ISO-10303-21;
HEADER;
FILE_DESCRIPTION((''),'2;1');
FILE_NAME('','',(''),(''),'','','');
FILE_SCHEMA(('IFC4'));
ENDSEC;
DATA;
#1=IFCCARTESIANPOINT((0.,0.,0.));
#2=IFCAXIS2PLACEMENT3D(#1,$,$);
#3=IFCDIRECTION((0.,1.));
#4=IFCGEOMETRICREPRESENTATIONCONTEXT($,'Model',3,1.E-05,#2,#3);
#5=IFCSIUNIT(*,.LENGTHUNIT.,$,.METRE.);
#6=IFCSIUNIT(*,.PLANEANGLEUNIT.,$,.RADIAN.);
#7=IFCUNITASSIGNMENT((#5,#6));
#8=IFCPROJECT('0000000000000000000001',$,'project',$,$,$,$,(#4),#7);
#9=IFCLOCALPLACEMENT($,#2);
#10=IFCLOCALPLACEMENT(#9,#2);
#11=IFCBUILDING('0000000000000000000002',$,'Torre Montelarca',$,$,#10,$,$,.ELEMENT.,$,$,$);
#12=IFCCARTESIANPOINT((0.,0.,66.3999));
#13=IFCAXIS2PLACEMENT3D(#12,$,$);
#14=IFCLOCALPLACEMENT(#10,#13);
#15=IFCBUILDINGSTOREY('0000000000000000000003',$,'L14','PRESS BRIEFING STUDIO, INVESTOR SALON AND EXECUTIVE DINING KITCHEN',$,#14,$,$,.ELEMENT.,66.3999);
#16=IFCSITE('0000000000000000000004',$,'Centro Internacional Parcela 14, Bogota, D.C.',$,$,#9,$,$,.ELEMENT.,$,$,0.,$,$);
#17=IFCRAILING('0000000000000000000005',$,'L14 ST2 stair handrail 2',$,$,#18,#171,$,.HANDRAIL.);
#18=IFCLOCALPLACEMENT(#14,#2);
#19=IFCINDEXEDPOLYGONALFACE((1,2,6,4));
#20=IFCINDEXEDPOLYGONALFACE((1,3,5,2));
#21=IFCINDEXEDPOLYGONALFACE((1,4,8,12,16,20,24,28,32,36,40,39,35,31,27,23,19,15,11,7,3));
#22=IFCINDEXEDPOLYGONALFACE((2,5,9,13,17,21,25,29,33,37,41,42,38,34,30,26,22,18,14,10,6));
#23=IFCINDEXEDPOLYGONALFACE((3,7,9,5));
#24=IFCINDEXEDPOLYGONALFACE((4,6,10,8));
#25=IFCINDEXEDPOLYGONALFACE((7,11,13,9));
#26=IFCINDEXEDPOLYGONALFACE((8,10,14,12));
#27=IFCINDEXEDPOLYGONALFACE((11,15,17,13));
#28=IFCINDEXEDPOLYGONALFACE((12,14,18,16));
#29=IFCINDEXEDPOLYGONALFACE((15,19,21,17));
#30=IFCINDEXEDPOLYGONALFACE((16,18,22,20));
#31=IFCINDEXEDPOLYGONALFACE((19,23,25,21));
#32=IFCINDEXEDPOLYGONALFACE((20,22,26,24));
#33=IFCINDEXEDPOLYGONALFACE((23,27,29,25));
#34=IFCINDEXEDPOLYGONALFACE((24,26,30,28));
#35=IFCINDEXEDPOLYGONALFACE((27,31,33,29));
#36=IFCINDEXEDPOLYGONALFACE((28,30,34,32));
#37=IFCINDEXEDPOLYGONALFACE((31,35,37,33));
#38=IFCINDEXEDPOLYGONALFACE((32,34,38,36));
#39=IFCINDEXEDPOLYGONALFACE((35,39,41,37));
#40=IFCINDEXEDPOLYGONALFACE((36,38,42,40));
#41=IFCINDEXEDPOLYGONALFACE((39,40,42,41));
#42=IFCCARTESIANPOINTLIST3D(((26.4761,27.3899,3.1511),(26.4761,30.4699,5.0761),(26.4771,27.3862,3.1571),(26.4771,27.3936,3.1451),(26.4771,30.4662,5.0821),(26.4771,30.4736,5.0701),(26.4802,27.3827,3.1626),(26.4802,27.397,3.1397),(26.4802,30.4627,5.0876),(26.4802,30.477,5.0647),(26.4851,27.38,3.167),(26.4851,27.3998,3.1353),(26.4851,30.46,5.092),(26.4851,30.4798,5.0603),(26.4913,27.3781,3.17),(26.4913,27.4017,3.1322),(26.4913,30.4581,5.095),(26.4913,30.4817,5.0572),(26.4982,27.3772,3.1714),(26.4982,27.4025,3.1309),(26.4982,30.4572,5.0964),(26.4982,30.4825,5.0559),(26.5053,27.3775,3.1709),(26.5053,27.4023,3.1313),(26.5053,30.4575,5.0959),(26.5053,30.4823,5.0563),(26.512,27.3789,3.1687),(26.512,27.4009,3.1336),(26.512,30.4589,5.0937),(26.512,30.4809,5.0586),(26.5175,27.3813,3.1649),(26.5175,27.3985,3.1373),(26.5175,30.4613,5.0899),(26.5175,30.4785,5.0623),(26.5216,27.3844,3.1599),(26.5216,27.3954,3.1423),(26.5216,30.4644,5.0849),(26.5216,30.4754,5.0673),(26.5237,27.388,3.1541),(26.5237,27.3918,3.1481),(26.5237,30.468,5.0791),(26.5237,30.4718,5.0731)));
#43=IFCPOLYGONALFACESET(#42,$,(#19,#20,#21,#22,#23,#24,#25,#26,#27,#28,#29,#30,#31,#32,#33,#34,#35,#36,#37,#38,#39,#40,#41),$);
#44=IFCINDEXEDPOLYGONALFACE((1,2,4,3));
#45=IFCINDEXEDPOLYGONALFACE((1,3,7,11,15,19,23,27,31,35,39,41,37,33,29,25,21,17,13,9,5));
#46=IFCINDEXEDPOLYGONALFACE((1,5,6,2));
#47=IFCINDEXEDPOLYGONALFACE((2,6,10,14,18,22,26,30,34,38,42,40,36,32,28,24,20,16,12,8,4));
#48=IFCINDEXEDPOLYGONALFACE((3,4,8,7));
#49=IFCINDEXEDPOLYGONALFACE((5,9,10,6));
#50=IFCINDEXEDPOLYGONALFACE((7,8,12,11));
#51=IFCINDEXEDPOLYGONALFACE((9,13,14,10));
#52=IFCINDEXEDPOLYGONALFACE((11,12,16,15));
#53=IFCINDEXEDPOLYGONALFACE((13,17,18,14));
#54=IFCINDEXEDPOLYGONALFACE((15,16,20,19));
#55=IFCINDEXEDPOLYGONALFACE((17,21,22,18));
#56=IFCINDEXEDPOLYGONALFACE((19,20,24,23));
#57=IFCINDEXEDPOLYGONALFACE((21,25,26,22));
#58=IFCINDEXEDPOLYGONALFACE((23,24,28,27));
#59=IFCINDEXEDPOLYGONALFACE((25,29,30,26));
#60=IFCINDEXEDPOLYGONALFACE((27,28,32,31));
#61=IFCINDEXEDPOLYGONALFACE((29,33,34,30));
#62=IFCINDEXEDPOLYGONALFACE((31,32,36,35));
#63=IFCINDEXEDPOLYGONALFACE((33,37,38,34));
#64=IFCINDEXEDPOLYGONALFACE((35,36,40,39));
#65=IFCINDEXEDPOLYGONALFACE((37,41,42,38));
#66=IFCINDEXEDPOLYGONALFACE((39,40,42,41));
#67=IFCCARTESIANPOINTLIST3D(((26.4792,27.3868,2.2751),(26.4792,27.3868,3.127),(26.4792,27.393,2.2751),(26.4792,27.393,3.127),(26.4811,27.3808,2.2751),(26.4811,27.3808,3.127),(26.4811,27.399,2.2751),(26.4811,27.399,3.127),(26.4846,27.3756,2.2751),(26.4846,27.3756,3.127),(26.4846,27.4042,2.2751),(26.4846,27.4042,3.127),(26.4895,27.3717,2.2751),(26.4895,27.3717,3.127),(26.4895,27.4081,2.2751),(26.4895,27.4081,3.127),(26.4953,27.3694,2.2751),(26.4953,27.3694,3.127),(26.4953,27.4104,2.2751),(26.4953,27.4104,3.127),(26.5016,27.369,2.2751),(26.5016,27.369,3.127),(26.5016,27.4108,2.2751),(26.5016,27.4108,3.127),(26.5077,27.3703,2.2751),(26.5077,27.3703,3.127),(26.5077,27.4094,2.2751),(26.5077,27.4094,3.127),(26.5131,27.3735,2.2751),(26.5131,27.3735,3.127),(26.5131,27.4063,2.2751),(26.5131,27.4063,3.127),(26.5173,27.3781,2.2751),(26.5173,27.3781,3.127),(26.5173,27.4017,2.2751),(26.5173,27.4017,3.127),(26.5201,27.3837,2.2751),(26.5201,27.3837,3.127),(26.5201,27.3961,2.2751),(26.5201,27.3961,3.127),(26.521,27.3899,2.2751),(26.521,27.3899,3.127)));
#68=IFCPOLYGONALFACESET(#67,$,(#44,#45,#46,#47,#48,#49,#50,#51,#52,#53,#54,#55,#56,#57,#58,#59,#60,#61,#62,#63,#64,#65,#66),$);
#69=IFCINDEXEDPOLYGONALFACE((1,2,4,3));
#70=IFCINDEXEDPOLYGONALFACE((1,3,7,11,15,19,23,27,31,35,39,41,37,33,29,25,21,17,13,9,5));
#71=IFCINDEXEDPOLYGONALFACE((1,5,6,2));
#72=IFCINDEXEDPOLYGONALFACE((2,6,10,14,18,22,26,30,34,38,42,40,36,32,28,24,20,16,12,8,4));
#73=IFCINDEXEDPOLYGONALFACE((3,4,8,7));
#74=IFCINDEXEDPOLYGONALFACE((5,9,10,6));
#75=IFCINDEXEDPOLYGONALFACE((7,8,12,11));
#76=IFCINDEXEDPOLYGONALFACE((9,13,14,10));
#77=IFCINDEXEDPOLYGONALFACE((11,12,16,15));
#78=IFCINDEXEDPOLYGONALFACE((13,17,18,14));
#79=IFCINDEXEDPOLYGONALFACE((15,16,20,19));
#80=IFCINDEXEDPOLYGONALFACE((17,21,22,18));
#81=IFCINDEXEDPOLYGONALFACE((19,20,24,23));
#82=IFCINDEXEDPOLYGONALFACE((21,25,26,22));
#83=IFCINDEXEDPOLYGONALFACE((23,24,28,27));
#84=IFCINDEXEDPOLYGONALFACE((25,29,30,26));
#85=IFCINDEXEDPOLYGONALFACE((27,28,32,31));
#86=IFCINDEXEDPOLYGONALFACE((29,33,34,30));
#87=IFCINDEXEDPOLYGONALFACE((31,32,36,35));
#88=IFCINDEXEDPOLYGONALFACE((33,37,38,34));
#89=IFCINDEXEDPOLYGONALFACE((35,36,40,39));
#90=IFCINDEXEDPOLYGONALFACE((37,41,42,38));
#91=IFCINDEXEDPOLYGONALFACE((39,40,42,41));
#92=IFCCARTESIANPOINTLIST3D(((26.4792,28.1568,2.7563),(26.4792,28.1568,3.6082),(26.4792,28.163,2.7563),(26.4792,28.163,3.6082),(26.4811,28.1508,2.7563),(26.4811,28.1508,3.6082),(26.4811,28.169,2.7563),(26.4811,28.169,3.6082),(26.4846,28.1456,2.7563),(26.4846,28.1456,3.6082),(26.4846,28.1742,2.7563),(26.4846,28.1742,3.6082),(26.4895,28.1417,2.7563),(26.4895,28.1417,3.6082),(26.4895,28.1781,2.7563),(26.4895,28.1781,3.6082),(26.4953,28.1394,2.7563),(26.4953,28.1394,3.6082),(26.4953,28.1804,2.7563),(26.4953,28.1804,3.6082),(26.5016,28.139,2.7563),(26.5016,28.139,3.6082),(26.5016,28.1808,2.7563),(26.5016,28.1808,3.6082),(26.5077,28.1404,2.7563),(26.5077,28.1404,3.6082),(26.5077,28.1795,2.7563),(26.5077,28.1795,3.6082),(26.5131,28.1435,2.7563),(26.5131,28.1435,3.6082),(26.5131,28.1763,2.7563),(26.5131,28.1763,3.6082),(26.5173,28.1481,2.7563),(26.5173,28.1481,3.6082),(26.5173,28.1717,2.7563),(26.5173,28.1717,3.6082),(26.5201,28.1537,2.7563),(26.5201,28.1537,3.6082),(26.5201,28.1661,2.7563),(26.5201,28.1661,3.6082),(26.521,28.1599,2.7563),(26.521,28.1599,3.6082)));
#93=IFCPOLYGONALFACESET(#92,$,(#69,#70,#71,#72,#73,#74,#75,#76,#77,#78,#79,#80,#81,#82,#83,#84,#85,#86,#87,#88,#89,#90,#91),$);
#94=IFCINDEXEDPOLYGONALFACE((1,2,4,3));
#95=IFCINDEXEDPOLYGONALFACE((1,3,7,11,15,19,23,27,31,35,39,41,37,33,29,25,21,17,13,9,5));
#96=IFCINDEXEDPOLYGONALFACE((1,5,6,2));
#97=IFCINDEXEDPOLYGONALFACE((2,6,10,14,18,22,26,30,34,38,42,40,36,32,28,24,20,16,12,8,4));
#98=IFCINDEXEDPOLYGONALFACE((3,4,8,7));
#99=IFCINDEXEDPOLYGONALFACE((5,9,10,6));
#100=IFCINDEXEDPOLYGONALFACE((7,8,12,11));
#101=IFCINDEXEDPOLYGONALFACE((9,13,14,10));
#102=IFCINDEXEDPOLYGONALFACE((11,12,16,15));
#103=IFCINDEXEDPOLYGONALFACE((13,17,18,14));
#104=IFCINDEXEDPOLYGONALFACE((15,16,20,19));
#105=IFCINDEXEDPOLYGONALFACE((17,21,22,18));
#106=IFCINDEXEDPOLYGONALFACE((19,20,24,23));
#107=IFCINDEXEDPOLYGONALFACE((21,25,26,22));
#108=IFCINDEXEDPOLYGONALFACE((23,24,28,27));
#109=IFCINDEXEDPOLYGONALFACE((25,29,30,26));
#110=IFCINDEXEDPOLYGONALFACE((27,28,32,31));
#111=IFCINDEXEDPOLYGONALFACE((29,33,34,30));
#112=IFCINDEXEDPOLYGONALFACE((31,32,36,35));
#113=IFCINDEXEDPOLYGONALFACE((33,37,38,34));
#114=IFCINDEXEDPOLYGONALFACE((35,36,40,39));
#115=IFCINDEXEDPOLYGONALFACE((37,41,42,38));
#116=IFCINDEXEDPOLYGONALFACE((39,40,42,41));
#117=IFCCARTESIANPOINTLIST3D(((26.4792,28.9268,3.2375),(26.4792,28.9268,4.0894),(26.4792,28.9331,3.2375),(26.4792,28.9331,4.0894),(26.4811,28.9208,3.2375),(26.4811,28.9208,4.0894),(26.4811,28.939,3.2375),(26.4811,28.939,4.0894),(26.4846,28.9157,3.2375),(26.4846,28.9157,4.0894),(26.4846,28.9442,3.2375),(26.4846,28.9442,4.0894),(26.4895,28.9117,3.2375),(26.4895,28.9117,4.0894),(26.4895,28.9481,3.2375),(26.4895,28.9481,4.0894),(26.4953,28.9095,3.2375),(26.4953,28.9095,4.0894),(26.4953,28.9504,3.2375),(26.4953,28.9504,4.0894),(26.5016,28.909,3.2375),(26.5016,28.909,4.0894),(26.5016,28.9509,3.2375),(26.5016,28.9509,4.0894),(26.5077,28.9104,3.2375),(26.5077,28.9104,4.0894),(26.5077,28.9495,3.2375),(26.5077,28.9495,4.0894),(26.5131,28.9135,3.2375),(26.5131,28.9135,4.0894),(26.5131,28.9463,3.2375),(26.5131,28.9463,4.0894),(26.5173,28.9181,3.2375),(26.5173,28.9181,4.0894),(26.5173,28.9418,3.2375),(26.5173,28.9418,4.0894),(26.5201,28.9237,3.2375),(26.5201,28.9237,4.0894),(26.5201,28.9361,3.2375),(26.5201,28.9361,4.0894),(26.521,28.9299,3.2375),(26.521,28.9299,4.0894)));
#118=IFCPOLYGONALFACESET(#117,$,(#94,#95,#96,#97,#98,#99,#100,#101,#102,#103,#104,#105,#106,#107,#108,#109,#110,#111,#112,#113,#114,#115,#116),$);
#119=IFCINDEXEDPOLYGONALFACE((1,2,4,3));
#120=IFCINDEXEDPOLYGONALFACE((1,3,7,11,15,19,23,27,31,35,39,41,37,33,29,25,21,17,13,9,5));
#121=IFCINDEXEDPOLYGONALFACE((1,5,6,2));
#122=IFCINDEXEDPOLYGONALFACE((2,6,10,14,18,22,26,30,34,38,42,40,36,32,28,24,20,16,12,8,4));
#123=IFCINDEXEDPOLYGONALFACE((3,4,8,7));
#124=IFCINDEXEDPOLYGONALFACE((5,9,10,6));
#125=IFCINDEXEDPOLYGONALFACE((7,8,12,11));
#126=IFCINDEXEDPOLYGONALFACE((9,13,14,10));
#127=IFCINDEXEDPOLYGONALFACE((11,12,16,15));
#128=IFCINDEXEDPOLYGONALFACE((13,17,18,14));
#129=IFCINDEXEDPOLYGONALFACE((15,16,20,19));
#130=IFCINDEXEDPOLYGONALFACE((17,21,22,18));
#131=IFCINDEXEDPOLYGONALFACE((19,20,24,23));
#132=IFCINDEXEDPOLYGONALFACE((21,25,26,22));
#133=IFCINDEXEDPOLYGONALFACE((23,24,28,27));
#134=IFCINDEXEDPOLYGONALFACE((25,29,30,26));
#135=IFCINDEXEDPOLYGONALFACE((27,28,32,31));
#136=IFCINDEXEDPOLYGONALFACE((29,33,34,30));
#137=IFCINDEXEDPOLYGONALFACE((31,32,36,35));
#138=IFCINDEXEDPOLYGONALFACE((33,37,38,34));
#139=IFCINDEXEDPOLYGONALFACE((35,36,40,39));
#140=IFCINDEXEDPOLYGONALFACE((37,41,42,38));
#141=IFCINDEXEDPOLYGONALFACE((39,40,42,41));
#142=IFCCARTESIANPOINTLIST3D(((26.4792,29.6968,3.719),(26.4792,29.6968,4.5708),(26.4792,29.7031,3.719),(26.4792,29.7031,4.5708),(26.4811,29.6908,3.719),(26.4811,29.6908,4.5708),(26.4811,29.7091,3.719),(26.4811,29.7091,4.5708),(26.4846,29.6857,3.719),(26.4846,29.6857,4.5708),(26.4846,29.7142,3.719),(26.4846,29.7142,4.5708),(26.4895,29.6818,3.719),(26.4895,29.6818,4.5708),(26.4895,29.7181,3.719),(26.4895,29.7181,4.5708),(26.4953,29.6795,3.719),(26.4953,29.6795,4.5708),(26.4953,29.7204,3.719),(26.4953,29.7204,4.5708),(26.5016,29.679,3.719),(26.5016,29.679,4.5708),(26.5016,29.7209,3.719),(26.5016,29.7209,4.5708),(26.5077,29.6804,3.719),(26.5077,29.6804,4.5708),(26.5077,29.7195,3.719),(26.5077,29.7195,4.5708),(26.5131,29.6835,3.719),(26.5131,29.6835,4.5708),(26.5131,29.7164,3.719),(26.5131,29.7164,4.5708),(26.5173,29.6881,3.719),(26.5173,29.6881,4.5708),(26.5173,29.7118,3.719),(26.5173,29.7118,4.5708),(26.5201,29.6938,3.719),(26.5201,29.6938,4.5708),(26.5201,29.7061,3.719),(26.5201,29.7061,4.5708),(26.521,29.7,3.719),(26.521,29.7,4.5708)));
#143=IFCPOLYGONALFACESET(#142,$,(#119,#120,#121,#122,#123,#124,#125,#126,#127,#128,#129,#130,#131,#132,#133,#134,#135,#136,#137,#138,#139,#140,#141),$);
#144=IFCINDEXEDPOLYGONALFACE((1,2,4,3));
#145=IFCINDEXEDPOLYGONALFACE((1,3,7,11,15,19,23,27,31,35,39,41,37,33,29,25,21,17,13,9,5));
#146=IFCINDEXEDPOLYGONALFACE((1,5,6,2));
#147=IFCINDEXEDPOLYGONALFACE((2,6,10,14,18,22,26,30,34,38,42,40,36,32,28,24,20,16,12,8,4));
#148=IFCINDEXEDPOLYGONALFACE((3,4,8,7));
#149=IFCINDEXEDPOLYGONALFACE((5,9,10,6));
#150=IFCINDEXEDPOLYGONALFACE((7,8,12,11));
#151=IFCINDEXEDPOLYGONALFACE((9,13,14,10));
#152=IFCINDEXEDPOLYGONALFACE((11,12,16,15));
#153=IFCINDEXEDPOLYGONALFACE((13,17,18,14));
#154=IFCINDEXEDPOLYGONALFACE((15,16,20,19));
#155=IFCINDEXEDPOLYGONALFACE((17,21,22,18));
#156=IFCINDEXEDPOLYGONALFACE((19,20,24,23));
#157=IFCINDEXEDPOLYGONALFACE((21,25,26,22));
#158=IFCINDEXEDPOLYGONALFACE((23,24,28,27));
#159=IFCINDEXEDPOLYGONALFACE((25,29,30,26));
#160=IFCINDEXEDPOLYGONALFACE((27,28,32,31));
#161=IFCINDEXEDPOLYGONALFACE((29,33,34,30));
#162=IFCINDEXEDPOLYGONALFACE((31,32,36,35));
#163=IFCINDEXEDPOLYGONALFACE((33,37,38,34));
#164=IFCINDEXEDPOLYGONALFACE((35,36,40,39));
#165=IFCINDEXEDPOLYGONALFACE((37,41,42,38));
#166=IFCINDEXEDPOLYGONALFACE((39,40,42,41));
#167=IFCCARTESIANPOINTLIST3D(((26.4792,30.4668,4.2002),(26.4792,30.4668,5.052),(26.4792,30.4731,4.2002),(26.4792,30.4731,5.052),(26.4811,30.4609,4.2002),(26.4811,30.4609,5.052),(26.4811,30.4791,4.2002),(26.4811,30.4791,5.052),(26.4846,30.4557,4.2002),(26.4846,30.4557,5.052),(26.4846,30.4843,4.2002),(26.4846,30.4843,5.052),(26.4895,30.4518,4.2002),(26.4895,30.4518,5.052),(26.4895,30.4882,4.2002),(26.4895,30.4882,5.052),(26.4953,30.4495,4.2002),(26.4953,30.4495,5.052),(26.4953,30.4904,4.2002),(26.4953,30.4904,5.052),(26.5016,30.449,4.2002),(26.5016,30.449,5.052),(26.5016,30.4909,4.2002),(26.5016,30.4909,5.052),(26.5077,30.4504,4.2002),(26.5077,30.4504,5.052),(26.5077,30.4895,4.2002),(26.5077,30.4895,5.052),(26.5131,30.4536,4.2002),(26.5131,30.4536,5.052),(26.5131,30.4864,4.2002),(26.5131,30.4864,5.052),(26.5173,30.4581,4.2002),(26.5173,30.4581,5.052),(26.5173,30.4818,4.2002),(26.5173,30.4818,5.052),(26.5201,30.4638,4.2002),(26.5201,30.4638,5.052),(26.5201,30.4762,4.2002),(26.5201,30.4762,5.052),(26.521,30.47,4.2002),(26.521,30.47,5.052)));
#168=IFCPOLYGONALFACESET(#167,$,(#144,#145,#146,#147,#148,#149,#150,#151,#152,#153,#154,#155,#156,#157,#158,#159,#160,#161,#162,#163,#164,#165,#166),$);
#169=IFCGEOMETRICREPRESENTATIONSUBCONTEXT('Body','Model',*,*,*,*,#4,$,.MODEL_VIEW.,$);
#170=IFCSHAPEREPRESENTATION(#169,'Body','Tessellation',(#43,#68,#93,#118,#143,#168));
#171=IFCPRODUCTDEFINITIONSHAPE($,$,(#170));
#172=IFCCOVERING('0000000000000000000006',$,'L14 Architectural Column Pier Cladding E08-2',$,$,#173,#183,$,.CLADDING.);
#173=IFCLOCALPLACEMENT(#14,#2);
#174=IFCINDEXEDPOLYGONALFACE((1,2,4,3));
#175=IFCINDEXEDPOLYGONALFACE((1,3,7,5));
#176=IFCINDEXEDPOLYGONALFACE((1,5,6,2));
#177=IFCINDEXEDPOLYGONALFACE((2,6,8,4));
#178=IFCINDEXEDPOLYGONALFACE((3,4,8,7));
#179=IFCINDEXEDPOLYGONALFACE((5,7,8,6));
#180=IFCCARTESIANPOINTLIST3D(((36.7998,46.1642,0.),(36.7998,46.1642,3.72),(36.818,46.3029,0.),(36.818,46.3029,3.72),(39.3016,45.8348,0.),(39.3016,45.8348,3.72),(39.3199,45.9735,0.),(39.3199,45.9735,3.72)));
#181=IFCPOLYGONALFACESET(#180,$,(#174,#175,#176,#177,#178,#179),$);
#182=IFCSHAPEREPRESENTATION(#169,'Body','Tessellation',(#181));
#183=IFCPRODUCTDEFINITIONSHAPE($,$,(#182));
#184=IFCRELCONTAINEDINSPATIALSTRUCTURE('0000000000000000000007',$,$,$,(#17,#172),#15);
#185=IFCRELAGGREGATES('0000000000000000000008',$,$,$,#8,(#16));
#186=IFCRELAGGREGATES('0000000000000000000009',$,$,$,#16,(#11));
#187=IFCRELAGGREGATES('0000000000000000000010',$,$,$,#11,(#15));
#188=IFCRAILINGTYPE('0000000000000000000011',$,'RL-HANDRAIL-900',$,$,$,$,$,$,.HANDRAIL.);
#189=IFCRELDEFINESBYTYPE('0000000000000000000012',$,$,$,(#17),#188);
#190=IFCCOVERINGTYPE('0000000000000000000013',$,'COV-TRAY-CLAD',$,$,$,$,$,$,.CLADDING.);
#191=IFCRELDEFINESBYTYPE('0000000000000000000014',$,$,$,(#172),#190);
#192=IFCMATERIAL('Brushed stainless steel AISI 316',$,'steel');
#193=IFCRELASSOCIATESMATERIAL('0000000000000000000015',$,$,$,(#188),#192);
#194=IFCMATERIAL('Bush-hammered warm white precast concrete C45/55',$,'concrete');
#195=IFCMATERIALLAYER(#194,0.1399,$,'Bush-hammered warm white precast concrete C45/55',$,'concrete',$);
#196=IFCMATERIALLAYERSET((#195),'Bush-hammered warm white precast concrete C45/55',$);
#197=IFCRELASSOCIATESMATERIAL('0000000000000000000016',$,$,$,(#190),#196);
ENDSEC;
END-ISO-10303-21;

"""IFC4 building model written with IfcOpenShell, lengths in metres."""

from ifc_helpers import new_model, si_unit, direction, frame, origin, origin_2d, place, context, subcontext, project, spatial, rectangle, circle, extrude, source, transform, mapped, material, layer, layer_set, type_object, element, save


model = new_model("IFC4")

# Units and contexts
model_context = context("Model", 3, precision=1e-05, world=origin(), true_north=direction((0.0, 1.0)))
body_context = subcontext(model_context, "Body", "Model", "MODEL_VIEW")
ifc_project = project(units=[si_unit("LENGTHUNIT", "METRE"), si_unit("PLANEANGLEUNIT", "RADIAN")], contexts=[model_context])

# Site, building, storey
site_placement = place(None, origin())
site = spatial("IfcSite", under=ifc_project, at=site_placement, Name="Centro Internacional Parcela 14, Bogota, D.C.", CompositionType="ELEMENT", RefElevation=0.0)
building_placement = place(site_placement, origin())
building = spatial("IfcBuilding", under=site, at=building_placement, Name="Torre Montelarca", CompositionType="ELEMENT")
storey_placement = place(building_placement, frame((0.0, 0.0, 66.3999)))
storey = spatial("IfcBuildingStorey", under=building, at=storey_placement, Name="L14", Description="PRESS BRIEFING STUDIO, INVESTOR SALON AND EXECUTIVE DINING KITCHEN", CompositionType="ELEMENT", Elevation=66.3999)

# Shared definitions
ifc_material_1 = material(Name="Brushed stainless steel AISI 316", Category="steel")

# Railing
railing_type_1 = type_object("IfcRailingType", Name="RL-HANDRAIL-900", PredefinedType="HANDRAIL", material=ifc_material_1)
railing_1_placement = place(storey_placement, frame((26.5, 27.3899, 2.2751)))
element("IfcRailing", 1, at=railing_1_placement, inside=storey, type_object=railing_type_1, Name="L14 ST2 stair handrail 2", PredefinedType="HANDRAIL", context=body_context, shape_type="SweptSolid", body=[
    extrude(circle(Radius=0.0239, at=origin_2d()), frame((0.0, 0.0, 0.876), z_axis=(0.0, 0.847998, 0.529999), x_axis=(-1.0, 0.0, 0.0)), (0.0, 0.0, 1.0), 3.6321),
    extrude(circle(Radius=0.021, at=origin_2d()), origin(), (0.0, 0.0, 1.0), 0.8518),
    extrude(circle(Radius=0.021, at=origin_2d()), frame((0.0, 0.77, 0.4812)), (0.0, 0.0, 1.0), 0.8518),
    extrude(circle(Radius=0.021, at=origin_2d()), frame((0.0, 1.54, 0.9624)), (0.0, 0.0, 1.0), 0.8518),
    extrude(circle(Radius=0.021, at=origin_2d()), frame((0.0, 2.3101, 1.4438)), (0.0, 0.0, 1.0), 0.8518),
    extrude(circle(Radius=0.021, at=origin_2d()), frame((0.0, 3.0801, 1.925)), (0.0, 0.0, 1.0), 0.8518),
])

# Covering
ifc_material_2 = material(Name="Bush-hammered warm white precast concrete C45/55", Category="concrete")
ifc_layer_1 = layer(ifc_material_2, 0.1399, Name="Bush-hammered warm white precast concrete C45/55", Category="concrete")
ifc_layer_set_1 = layer_set([ifc_layer_1], Name="Bush-hammered warm white precast concrete C45/55")
covering_type = type_object("IfcCoveringType", Name="COV-TRAY-CLAD", PredefinedType="CLADDING", material=ifc_layer_set_1)
shared_shape_1 = source(origin(), body_context, "Body", "SweptSolid", [
    extrude(rectangle(XDim=2.5234, YDim=0.1399, at=origin_2d()), origin(), (0.0, 0.0, 1.0), 3.72),
])
covering_placement = place(storey_placement, frame((38.0598, 46.0688, 0.0), z_axis=(0.0, 0.0, 1.0), x_axis=(-0.991445, 0.130526, 0.0)))
element("IfcCovering", 2, at=covering_placement, inside=storey, type_object=covering_type, Name="L14 Architectural Column Pier Cladding E08-2", PredefinedType="CLADDING", context=body_context, shape_type="MappedRepresentation", body=[
    mapped(shared_shape_1, transform((0.0, 0.0, 0.0), scale=1.0)),
])

save(model, "model.ifc")
